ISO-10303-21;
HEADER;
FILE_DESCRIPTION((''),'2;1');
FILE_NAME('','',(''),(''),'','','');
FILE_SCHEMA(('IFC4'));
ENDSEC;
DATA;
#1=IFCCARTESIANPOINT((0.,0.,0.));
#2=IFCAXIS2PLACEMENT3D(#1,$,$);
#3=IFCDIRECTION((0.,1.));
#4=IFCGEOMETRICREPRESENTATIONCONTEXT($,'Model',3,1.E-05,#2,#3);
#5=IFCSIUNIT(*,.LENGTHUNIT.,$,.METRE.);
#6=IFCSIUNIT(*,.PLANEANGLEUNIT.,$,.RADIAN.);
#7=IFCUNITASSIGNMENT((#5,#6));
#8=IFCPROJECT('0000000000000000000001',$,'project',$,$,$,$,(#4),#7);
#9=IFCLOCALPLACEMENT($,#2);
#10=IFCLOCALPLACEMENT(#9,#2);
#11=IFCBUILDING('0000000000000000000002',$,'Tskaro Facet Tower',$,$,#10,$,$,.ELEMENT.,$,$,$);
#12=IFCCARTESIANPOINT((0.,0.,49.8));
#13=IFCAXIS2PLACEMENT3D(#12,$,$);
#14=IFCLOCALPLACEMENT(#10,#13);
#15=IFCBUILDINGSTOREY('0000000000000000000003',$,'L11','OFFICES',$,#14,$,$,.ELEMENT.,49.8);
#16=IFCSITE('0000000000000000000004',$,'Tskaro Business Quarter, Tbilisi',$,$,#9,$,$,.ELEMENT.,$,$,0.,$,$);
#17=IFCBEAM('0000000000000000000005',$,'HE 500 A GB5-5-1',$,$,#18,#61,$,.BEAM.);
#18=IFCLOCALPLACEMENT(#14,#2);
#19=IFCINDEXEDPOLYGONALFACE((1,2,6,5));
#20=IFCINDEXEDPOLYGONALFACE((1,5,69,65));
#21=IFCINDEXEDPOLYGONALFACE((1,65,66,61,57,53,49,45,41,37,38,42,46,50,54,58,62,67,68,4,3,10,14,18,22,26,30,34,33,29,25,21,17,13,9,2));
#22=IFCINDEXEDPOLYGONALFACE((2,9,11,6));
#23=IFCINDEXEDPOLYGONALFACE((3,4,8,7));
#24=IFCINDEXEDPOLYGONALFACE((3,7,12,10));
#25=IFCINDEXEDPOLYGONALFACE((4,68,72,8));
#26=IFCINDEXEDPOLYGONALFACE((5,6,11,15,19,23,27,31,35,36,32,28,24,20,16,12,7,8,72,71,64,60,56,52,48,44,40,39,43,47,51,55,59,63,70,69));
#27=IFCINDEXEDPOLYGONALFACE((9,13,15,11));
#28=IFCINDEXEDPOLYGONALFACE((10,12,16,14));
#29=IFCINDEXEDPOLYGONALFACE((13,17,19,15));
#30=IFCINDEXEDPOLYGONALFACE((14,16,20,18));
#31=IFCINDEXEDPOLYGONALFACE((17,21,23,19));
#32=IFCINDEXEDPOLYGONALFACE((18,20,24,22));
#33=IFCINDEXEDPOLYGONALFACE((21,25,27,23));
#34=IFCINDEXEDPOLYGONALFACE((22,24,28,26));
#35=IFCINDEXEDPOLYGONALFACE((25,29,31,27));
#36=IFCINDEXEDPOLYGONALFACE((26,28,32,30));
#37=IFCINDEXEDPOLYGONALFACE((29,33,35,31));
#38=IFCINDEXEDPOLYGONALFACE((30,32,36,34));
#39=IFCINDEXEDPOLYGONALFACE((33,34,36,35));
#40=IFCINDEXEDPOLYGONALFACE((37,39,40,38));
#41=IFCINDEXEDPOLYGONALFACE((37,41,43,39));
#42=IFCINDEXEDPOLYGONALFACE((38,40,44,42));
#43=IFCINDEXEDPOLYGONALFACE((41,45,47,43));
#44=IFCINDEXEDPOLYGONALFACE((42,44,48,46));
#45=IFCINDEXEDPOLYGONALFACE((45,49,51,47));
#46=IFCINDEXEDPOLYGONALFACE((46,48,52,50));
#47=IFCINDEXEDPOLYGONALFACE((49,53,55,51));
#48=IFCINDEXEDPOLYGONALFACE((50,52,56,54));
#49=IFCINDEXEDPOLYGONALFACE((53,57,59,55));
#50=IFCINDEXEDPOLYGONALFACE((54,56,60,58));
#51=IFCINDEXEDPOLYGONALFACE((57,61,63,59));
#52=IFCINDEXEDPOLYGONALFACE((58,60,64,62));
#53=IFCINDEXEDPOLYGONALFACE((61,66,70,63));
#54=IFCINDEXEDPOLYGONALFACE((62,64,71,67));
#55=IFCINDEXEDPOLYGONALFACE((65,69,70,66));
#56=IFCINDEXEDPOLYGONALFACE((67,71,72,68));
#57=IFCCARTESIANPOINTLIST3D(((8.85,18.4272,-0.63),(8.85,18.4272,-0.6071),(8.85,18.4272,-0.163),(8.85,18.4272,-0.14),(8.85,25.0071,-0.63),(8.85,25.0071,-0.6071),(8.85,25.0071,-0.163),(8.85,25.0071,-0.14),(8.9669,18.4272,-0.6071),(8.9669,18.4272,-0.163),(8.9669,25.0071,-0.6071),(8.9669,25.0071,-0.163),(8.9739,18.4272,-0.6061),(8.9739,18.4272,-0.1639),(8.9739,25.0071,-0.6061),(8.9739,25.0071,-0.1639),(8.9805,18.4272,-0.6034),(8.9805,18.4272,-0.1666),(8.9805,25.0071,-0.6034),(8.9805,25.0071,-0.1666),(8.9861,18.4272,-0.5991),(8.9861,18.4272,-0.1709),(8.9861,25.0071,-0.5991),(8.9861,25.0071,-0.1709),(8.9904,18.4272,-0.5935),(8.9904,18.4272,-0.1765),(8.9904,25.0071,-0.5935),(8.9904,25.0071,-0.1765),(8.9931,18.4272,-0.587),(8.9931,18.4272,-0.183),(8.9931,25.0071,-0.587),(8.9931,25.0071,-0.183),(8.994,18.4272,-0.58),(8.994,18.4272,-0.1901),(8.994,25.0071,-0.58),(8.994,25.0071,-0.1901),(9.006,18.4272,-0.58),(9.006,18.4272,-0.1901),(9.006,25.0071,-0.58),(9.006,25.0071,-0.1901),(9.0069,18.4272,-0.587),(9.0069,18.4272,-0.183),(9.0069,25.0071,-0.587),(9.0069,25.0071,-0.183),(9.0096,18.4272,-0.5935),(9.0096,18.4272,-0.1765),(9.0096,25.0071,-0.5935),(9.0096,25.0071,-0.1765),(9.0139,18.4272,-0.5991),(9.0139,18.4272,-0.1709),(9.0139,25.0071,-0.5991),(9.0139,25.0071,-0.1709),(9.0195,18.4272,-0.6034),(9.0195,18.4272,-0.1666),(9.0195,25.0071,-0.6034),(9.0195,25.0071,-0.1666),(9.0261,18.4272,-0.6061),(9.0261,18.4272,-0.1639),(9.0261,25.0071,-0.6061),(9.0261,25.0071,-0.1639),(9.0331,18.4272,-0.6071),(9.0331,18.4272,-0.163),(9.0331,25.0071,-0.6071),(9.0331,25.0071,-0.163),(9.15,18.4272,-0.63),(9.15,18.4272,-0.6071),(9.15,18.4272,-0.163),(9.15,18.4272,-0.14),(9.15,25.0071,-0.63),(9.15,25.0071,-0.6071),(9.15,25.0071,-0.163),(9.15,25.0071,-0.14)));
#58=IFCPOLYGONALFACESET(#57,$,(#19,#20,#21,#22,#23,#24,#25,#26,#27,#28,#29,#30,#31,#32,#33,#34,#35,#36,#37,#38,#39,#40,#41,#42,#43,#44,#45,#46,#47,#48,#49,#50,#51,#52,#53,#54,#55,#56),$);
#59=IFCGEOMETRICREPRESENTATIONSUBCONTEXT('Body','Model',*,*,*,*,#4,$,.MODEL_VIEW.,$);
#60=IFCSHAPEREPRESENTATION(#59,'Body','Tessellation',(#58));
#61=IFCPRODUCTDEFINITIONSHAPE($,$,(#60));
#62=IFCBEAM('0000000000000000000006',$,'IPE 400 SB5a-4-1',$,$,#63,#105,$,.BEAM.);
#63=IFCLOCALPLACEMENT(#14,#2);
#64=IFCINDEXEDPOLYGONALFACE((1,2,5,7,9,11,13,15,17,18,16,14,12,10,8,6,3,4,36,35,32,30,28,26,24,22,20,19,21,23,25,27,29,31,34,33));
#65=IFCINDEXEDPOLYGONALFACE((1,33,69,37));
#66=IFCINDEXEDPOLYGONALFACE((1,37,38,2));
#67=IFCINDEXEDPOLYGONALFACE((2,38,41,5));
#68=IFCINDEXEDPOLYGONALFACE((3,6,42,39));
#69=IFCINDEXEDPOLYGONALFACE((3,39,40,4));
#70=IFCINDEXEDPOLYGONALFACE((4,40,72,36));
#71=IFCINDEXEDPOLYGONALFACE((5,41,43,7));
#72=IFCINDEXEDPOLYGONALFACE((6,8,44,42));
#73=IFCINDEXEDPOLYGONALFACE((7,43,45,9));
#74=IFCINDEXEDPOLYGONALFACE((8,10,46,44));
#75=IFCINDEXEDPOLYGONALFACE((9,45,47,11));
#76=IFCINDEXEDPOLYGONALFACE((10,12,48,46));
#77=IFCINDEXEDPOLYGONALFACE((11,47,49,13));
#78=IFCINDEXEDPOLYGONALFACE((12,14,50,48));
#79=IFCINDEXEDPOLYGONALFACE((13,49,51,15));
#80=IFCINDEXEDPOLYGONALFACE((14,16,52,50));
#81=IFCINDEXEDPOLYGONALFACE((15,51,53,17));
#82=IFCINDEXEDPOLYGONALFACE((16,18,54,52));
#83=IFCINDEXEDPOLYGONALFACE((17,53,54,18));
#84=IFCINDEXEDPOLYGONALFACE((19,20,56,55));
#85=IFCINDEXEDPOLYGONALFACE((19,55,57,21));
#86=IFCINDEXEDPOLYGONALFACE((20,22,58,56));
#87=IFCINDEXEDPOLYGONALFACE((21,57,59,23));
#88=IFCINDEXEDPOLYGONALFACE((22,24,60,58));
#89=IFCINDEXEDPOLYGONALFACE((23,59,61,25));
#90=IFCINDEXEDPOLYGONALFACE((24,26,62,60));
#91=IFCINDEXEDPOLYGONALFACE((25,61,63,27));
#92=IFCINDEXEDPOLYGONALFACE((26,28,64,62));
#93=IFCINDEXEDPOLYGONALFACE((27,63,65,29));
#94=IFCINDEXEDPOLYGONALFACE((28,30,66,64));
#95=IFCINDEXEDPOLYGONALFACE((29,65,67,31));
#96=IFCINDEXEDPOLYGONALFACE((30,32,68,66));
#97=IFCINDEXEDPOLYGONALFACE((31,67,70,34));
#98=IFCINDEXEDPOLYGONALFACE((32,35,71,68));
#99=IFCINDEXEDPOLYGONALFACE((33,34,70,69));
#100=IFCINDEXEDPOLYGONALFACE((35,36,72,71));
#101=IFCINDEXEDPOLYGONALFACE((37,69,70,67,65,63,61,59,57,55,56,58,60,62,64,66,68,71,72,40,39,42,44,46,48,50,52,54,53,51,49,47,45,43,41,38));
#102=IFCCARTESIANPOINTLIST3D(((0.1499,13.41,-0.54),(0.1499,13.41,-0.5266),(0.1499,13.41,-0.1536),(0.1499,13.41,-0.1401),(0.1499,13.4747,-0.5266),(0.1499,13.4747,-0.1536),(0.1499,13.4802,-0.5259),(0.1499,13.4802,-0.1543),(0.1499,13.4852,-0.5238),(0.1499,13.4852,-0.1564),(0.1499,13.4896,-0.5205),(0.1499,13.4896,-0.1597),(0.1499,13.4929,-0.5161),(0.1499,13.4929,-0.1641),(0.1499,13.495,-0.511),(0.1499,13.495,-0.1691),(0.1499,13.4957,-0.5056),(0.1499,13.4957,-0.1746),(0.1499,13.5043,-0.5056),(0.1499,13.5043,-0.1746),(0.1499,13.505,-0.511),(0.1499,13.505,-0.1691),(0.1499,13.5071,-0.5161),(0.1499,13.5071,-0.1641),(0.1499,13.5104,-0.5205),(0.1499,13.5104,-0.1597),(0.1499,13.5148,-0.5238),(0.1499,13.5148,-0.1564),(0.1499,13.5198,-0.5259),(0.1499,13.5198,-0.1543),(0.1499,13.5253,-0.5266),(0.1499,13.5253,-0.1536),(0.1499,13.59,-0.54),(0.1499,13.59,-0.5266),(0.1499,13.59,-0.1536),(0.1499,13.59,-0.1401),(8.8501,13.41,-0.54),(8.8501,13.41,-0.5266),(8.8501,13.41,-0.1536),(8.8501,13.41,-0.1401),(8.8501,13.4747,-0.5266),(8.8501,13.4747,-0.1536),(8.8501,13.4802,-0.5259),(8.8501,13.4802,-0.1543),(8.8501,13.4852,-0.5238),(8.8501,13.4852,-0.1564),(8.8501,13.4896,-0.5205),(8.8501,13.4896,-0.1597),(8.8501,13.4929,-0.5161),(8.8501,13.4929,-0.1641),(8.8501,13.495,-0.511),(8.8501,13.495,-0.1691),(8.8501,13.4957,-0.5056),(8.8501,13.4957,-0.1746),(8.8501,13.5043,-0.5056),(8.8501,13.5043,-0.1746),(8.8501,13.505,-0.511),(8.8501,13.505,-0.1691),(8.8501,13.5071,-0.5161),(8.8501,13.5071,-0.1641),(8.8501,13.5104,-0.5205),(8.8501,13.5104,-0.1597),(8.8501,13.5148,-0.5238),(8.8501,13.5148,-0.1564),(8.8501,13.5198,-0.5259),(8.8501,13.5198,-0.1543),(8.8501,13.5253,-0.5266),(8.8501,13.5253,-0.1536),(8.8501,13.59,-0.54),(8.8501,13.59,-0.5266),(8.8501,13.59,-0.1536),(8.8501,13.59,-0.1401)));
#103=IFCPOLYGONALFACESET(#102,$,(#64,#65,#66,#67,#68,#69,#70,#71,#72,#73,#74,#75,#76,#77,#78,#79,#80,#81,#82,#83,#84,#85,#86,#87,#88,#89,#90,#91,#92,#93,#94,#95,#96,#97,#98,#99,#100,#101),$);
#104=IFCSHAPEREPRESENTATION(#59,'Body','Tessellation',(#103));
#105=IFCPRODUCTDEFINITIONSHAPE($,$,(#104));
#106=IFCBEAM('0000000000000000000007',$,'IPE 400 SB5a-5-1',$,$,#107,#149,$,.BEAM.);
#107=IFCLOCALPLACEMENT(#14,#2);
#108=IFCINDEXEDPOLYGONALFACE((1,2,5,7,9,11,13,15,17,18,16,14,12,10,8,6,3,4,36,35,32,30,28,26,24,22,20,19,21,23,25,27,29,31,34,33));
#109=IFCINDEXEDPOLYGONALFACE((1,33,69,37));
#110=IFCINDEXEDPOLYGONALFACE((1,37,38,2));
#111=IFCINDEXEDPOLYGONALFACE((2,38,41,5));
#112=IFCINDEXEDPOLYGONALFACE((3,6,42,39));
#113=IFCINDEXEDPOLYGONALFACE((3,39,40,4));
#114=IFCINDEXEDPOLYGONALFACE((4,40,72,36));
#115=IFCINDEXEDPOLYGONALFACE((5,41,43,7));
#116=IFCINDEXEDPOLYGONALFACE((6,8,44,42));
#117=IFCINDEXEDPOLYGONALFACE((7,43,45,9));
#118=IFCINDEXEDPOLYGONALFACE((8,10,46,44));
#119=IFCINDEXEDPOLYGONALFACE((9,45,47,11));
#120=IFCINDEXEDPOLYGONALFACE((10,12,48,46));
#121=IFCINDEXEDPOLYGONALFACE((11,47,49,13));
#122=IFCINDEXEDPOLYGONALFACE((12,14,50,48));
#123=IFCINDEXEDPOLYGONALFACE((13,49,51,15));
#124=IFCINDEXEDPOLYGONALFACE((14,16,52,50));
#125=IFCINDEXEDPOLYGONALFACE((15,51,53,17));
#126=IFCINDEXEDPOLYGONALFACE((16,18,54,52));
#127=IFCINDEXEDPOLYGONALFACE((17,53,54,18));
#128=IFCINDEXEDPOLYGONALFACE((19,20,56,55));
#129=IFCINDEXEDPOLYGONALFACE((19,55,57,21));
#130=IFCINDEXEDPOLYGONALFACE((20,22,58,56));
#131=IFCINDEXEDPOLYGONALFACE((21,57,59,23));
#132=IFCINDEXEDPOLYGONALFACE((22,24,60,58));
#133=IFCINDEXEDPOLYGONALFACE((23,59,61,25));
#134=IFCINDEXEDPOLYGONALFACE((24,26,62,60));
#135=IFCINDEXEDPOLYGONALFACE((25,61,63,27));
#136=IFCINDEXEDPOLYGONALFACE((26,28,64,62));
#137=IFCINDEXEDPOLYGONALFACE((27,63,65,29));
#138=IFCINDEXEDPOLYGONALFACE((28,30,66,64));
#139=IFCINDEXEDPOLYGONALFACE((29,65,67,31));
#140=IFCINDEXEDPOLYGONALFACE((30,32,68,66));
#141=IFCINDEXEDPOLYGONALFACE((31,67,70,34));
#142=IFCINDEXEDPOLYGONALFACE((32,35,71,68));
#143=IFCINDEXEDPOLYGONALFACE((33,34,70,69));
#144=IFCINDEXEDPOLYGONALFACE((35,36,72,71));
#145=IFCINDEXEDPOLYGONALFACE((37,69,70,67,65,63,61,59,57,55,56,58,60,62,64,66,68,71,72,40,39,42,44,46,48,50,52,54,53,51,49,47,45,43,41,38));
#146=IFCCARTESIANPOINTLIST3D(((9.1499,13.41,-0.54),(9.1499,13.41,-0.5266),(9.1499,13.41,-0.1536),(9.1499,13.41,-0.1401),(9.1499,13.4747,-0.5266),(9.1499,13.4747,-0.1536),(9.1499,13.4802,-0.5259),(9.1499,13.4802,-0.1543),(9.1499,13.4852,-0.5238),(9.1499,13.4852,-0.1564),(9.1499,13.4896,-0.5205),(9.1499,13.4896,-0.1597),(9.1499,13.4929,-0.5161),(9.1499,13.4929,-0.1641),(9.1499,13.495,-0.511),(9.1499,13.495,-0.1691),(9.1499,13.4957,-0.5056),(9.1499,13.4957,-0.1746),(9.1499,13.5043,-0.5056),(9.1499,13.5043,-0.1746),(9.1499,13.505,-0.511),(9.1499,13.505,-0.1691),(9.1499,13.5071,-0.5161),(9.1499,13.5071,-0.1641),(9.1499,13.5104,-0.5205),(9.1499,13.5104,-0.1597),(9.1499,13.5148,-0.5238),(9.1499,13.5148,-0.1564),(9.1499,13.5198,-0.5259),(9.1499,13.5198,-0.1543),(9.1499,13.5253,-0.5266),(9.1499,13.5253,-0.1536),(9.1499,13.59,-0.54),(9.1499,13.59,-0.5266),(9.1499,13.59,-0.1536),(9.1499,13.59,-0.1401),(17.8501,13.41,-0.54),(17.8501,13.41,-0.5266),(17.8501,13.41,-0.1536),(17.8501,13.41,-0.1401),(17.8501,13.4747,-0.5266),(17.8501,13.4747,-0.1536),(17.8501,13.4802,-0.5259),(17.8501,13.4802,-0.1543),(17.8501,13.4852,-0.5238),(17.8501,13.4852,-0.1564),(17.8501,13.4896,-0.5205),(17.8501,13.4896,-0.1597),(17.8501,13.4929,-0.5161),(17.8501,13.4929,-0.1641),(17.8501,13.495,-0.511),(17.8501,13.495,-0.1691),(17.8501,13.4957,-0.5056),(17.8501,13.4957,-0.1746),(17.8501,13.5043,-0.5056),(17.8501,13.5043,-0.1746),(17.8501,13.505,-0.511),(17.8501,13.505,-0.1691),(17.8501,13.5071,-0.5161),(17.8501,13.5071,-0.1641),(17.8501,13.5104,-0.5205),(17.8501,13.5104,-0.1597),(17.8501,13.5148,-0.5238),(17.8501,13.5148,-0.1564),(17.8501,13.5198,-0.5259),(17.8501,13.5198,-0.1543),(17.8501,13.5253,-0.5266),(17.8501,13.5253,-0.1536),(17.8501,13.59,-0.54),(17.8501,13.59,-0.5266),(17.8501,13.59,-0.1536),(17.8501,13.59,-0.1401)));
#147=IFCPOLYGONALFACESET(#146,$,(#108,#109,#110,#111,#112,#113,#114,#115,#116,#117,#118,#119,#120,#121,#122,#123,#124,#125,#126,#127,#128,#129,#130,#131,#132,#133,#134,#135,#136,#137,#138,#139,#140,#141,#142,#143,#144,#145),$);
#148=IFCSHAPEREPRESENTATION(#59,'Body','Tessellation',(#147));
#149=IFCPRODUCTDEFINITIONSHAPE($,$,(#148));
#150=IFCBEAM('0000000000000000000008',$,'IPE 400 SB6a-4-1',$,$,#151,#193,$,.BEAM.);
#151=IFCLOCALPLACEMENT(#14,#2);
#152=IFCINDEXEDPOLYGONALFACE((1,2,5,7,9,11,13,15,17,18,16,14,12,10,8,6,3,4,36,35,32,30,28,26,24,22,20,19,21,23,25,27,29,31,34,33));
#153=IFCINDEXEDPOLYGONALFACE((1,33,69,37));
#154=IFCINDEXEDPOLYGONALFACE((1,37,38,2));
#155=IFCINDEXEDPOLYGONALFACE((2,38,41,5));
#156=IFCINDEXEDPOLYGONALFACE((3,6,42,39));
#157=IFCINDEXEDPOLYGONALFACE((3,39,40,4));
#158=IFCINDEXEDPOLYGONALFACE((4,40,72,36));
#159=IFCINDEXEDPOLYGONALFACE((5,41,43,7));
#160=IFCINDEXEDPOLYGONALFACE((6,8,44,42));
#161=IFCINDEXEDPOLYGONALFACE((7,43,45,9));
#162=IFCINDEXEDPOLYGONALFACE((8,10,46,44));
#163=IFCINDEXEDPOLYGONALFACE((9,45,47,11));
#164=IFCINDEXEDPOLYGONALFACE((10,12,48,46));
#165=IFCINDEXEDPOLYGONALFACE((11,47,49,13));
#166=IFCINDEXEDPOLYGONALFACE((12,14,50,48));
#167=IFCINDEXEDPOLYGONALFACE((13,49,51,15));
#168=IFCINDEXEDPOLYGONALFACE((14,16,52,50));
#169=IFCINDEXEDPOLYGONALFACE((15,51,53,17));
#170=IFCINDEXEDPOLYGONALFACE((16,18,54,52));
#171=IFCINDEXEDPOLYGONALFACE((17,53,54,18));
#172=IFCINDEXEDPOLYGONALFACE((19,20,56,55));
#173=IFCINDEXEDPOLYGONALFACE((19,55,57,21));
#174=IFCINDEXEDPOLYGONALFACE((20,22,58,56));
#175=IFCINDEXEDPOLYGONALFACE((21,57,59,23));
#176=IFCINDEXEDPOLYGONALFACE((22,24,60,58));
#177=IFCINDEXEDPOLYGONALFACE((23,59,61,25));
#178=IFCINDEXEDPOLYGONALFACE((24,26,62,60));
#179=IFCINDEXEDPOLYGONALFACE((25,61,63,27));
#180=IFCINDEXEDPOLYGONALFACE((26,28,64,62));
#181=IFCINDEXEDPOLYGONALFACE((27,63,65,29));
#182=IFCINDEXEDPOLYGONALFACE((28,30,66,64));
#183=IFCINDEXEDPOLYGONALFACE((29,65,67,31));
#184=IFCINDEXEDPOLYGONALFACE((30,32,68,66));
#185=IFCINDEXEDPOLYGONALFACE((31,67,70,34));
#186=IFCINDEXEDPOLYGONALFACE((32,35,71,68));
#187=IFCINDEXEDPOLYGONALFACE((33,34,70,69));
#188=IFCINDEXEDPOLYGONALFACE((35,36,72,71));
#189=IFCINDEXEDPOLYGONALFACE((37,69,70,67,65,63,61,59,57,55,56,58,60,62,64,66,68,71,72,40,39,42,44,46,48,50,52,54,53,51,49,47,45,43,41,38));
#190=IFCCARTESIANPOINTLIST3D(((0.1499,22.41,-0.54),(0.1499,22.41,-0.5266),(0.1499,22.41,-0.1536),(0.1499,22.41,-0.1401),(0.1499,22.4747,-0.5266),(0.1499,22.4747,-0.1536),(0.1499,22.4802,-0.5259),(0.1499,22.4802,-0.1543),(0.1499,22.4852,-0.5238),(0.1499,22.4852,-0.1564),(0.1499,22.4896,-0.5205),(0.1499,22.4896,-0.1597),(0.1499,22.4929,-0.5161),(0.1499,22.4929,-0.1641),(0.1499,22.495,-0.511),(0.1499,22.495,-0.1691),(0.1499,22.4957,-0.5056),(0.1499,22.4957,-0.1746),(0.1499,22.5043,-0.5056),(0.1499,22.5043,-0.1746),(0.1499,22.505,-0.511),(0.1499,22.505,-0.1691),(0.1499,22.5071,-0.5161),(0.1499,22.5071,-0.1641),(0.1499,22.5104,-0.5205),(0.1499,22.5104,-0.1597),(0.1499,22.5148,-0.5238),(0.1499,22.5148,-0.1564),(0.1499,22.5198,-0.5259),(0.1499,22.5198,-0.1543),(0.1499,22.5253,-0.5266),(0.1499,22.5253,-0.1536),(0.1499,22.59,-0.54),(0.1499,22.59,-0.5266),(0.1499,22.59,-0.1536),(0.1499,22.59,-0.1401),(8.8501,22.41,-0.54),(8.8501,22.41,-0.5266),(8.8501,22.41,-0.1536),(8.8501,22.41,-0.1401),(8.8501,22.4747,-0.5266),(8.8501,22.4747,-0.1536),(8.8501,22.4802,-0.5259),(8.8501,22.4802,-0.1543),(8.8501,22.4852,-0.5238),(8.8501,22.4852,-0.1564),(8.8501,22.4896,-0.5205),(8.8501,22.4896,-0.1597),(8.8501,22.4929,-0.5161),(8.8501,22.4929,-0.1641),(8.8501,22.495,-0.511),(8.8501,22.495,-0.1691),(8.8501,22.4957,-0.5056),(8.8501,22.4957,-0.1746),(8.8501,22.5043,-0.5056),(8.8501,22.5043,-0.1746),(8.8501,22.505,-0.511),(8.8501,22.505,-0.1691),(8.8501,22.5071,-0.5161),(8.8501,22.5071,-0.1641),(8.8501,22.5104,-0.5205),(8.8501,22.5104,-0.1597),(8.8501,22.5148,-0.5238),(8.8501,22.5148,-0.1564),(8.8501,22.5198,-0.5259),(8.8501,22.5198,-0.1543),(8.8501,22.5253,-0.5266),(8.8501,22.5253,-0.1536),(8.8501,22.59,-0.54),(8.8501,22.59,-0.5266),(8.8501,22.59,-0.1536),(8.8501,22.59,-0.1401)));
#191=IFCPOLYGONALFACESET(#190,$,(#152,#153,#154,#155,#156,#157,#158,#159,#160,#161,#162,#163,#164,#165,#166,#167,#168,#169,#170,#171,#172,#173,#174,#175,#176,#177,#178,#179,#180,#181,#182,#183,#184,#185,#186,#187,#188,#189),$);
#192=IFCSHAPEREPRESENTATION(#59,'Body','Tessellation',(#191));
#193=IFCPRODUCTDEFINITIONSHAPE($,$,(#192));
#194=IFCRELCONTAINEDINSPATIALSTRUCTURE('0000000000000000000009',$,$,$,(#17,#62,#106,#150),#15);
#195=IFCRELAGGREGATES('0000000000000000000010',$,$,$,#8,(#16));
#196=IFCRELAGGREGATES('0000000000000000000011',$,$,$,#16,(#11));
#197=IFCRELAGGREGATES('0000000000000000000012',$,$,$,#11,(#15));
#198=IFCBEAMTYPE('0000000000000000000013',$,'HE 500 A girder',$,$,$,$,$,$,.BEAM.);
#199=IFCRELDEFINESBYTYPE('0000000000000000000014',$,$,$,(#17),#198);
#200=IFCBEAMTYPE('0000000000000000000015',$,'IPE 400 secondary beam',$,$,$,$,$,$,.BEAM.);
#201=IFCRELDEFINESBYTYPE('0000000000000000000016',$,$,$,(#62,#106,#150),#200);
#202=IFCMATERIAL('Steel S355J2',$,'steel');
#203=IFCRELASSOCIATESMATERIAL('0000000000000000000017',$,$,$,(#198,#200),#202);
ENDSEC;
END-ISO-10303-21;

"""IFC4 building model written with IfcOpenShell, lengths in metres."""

from ifc_helpers import new_model, si_unit, direction, frame, origin, origin_2d, place, context, subcontext, project, spatial, i_section, extrude, material, material_profile, profile_set, type_object, element, save


model = new_model("IFC4")

# Units and contexts
model_context = context("Model", 3, precision=1e-05, world=origin(), true_north=direction((0.0, 1.0)))
body_context = subcontext(model_context, "Body", "Model", "MODEL_VIEW")
ifc_project = project(units=[si_unit("LENGTHUNIT", "METRE"), si_unit("PLANEANGLEUNIT", "RADIAN")], contexts=[model_context])

# Site, building, storey
site_placement = place(None, origin())
site = spatial("IfcSite", under=ifc_project, at=site_placement, Name="Tskaro Business Quarter, Tbilisi", CompositionType="ELEMENT", RefElevation=0.0)
building_placement = place(site_placement, origin())
building = spatial("IfcBuilding", under=site, at=building_placement, Name="Tskaro Facet Tower", CompositionType="ELEMENT")
storey_placement = place(building_placement, frame((0.0, 0.0, 49.8)))
storey = spatial("IfcBuildingStorey", under=building, at=storey_placement, Name="L11", Description="OFFICES", CompositionType="ELEMENT", Elevation=49.8)

# Beams
ifc_material_1 = material(Name="Steel S355J2", Category="steel")
ifc_material_profile_1 = material_profile(ifc_material_1, i_section(OverallWidth=0.3, OverallDepth=0.49, WebThickness=0.012, FlangeThickness=0.0229, FilletRadius=0.0271, at=origin_2d()), Name="HE 500 A")
ifc_profile_set_1 = profile_set([ifc_material_profile_1], Name="Steel S355J2")
beam_type_1 = type_object("IfcBeamType", Name="HE 500 A girder", PredefinedType="BEAM", material=ifc_profile_set_1)
for number, where, z_axis, x_axis, name in (
    (1, (9.0, 18.4272, -0.385), (0.0, 1.0, 0.0), (-1.0, 0.0, 0.0), "HE 500 A GB5-5-1"),
):
    element("IfcBeam", number, at=place(storey_placement, frame(where, z_axis=z_axis, x_axis=x_axis)), inside=storey, type_object=beam_type_1, Name=name, PredefinedType="BEAM", context=body_context, shape_type="SweptSolid", body=[
        extrude(i_section(OverallWidth=0.3, OverallDepth=0.49, WebThickness=0.012, FlangeThickness=0.0229, FilletRadius=0.0271, at=origin_2d()), origin(), (0.0, 0.0, 1.0), 6.5798),
    ])
ifc_material_profile_2 = material_profile(ifc_material_1, i_section(OverallWidth=0.1799, OverallDepth=0.3999, WebThickness=0.0085, FlangeThickness=0.0134, FilletRadius=0.021, at=origin_2d()), Name="IPE 400")
ifc_profile_set_2 = profile_set([ifc_material_profile_2], Name="Steel S355J2")
beam_type_2 = type_object("IfcBeamType", Name="IPE 400 secondary beam", PredefinedType="BEAM", material=ifc_profile_set_2)
for number, where, z_axis, x_axis, name in (
    (2, (0.1499, 13.5, -0.3401), (1.0, 0.0, 0.0), (0.0, 1.0, 0.0), "IPE 400 SB5a-4-1"),
    (3, (9.1499, 13.5, -0.3401), (1.0, 0.0, 0.0), (0.0, 1.0, 0.0), "IPE 400 SB5a-5-1"),
    (4, (0.1499, 22.5, -0.3401), (1.0, 0.0, 0.0), (0.0, 1.0, 0.0), "IPE 400 SB6a-4-1"),
):
    element("IfcBeam", number, at=place(storey_placement, frame(where, z_axis=z_axis, x_axis=x_axis)), inside=storey, type_object=beam_type_2, Name=name, PredefinedType="BEAM", context=body_context, shape_type="SweptSolid", body=[
        extrude(i_section(OverallWidth=0.1799, OverallDepth=0.3999, WebThickness=0.0085, FlangeThickness=0.0134, FilletRadius=0.021, at=origin_2d()), origin(), (0.0, 0.0, 1.0), 8.7002),
    ])

save(model, "model.ifc")
